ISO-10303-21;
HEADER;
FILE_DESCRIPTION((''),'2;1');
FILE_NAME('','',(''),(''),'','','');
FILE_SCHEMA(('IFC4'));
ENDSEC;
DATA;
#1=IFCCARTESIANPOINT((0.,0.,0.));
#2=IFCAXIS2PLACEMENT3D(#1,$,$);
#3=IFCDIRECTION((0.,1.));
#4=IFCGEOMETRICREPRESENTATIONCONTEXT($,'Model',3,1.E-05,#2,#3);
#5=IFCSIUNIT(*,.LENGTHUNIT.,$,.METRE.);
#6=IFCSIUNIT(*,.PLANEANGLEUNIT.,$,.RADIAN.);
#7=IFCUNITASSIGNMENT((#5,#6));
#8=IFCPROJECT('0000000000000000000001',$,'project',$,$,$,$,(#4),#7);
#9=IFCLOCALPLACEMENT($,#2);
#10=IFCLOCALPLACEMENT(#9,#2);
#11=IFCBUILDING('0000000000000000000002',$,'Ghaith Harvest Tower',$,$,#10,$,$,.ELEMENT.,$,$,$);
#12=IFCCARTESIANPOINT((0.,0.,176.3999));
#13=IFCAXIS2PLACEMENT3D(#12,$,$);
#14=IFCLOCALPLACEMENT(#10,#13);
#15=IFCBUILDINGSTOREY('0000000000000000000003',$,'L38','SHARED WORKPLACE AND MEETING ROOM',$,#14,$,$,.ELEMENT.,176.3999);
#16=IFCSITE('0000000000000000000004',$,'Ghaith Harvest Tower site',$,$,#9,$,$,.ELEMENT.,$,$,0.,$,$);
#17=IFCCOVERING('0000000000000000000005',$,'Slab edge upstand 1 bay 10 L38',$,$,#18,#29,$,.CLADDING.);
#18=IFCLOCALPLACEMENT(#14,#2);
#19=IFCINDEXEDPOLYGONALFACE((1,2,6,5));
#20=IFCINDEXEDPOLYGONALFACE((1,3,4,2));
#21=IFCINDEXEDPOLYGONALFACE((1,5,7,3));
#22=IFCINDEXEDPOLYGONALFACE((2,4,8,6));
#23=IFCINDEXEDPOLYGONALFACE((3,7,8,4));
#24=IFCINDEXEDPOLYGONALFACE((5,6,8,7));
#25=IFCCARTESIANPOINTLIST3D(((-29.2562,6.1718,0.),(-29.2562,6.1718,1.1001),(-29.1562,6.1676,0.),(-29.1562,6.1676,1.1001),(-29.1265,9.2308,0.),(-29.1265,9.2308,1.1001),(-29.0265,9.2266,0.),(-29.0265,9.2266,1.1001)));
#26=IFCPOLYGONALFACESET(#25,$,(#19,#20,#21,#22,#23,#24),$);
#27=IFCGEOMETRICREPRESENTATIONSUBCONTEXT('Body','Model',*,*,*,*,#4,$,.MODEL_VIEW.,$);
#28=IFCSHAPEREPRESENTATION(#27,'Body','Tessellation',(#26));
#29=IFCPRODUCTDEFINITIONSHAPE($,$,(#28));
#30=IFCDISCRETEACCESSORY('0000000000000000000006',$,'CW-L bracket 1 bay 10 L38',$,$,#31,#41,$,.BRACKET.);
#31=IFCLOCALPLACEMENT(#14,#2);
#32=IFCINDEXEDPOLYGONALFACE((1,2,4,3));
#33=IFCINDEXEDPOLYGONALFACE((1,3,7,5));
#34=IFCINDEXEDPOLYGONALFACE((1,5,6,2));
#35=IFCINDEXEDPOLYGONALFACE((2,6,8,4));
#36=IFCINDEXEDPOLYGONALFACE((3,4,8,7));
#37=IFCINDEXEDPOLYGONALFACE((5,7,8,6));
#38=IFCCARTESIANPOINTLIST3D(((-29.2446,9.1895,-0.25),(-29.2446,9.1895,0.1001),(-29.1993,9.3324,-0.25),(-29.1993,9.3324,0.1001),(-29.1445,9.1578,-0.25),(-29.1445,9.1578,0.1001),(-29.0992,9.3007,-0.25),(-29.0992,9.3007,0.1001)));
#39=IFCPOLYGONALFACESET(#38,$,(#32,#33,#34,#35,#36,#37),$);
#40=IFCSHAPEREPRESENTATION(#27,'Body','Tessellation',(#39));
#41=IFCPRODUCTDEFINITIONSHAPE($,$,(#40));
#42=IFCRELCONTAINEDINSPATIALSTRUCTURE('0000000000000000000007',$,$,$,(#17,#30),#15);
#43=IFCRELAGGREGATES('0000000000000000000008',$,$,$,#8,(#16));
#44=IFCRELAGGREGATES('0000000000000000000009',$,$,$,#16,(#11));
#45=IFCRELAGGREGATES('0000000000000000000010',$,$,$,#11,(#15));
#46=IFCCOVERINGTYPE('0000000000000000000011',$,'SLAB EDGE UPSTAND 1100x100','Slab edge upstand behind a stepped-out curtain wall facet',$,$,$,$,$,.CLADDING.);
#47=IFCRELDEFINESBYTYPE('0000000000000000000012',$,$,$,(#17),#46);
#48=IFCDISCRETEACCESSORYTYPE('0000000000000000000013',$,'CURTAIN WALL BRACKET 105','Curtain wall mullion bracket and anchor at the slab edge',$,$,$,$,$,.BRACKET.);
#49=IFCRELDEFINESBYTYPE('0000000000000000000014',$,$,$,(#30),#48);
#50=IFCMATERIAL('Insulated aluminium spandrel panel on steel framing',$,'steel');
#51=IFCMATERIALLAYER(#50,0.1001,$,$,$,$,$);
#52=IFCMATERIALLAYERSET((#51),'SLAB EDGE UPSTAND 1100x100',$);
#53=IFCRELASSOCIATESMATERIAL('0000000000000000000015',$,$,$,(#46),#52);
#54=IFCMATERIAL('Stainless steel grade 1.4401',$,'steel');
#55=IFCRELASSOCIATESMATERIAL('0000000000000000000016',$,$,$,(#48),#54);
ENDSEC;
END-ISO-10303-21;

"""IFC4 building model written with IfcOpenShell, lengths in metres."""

from ifc_helpers import new_model, si_unit, direction, frame, origin, origin_2d, place, context, subcontext, project, spatial, rectangle, extrude, material, layer, layer_set, type_object, element, save


model = new_model("IFC4")

# Units and contexts
model_context = context("Model", 3, precision=1e-05, world=origin(), true_north=direction((0.0, 1.0)))
body_context = subcontext(model_context, "Body", "Model", "MODEL_VIEW")
ifc_project = project(units=[si_unit("LENGTHUNIT", "METRE"), si_unit("PLANEANGLEUNIT", "RADIAN")], contexts=[model_context])

# Site, building, storey
site_placement = place(None, origin())
site = spatial("IfcSite", under=ifc_project, at=site_placement, Name="Ghaith Harvest Tower site", CompositionType="ELEMENT", RefElevation=0.0)
building_placement = place(site_placement, origin())
building = spatial("IfcBuilding", under=site, at=building_placement, Name="Ghaith Harvest Tower", CompositionType="ELEMENT")
storey_placement = place(building_placement, frame((0.0, 0.0, 176.3999)))
storey = spatial("IfcBuildingStorey", under=building, at=storey_placement, Name="L38", Description="SHARED WORKPLACE AND MEETING ROOM", CompositionType="ELEMENT", Elevation=176.3999)

# Covering
ifc_material_1 = material(Name="Insulated aluminium spandrel panel on steel framing", Category="steel")
ifc_layer_1 = layer(ifc_material_1, 0.1001)
ifc_layer_set_1 = layer_set([ifc_layer_1], Name="SLAB EDGE UPSTAND 1100x100")
covering_type = type_object("IfcCoveringType", Name="SLAB EDGE UPSTAND 1100x100", Description="Slab edge upstand behind a stepped-out curtain wall facet", PredefinedType="CLADDING", material=ifc_layer_set_1)
covering_1_placement = place(storey_placement, frame((-29.1414, 7.6992, 0.0), z_axis=(0.0, 0.0, 1.0), x_axis=(-0.042373, -0.999102, 0.0)))
element("IfcCovering", 1, at=covering_1_placement, inside=storey, type_object=covering_type, Name="Slab edge upstand 1 bay 10 L38", PredefinedType="CLADDING", context=body_context, shape_type="SweptSolid", body=[
    extrude(rectangle(XDim=3.0618, YDim=0.1001, at=origin_2d()), origin(), (0.0, 0.0, 1.0), 1.1001),
])

# Discrete accessory
ifc_material_2 = material(Name="Stainless steel grade 1.4401", Category="steel")
discrete_accessory_type = type_object("IfcDiscreteAccessoryType", Name="CURTAIN WALL BRACKET 105", Description="Curtain wall mullion bracket and anchor at the slab edge", PredefinedType="BRACKET", material=ifc_material_2)
discrete_accessory_placement = place(storey_placement, frame((-29.1719, 9.2451, -0.25), z_axis=(0.0, 0.0, 1.0), x_axis=(-0.953273, 0.30211, 0.0)))
element("IfcDiscreteAccessory", 2, at=discrete_accessory_placement, inside=storey, type_object=discrete_accessory_type, Name="CW-L bracket 1 bay 10 L38", PredefinedType="BRACKET", context=body_context, shape_type="SweptSolid", body=[
    extrude(rectangle(XDim=0.105, YDim=0.1499, at=origin_2d()), origin(), (0.0, 0.0, 1.0), 0.3501),
])

save(model, "model.ifc")
